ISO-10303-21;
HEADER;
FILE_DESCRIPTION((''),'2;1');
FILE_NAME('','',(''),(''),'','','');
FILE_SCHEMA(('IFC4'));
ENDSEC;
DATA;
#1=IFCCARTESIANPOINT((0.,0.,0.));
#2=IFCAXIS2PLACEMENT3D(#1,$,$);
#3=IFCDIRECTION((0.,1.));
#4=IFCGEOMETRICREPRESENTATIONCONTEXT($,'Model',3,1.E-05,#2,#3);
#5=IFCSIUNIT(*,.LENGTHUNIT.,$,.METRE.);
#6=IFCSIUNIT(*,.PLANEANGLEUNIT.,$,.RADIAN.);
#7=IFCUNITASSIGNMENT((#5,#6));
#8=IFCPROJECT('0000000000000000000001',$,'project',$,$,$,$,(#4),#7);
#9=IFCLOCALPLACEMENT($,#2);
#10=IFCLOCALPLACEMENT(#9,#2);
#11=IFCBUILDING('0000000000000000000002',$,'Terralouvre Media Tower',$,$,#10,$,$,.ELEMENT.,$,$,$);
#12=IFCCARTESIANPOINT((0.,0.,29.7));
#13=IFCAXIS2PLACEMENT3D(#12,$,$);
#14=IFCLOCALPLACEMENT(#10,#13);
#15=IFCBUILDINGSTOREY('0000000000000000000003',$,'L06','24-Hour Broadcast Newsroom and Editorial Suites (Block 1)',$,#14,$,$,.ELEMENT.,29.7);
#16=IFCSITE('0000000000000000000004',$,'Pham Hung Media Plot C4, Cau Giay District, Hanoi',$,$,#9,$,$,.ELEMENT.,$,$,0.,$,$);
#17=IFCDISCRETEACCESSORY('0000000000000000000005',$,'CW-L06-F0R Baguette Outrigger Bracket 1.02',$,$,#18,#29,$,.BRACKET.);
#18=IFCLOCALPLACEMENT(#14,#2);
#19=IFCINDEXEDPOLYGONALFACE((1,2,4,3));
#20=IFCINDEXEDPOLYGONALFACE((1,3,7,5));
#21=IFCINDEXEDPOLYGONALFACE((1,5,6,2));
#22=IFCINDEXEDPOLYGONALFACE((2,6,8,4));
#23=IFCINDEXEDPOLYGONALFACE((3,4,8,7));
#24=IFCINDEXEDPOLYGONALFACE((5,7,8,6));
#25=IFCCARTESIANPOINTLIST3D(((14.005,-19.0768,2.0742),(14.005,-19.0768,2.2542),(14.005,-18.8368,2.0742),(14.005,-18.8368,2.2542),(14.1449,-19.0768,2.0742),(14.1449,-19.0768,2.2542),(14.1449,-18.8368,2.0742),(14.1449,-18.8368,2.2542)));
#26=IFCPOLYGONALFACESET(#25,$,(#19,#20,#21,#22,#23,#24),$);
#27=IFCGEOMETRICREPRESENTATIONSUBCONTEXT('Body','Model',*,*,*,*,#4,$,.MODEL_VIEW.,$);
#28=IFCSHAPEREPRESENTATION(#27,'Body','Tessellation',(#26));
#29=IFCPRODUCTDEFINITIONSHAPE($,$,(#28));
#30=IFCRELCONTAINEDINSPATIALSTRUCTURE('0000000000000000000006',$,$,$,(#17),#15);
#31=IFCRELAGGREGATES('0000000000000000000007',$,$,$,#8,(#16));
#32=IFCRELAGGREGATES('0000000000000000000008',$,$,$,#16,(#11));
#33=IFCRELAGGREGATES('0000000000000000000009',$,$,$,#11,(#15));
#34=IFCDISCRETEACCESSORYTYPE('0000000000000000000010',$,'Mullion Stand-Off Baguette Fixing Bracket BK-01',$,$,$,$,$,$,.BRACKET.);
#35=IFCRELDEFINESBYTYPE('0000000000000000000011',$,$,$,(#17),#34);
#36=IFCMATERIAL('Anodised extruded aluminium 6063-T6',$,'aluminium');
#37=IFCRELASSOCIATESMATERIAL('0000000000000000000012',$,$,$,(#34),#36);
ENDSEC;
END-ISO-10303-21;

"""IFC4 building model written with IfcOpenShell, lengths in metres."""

from ifc_helpers import new_model, si_unit, direction, frame, origin, origin_2d, place, context, subcontext, project, spatial, rectangle, extrude, material, type_object, element, save


model = new_model("IFC4")

# Units and contexts
model_context = context("Model", 3, precision=1e-05, world=origin(), true_north=direction((0.0, 1.0)))
body_context = subcontext(model_context, "Body", "Model", "MODEL_VIEW")
ifc_project = project(units=[si_unit("LENGTHUNIT", "METRE"), si_unit("PLANEANGLEUNIT", "RADIAN")], contexts=[model_context])

# Site, building, storey
site_placement = place(None, origin())
site = spatial("IfcSite", under=ifc_project, at=site_placement, Name="Pham Hung Media Plot C4, Cau Giay District, Hanoi", CompositionType="ELEMENT", RefElevation=0.0)
building_placement = place(site_placement, origin())
building = spatial("IfcBuilding", under=site, at=building_placement, Name="Terralouvre Media Tower", CompositionType="ELEMENT")
storey_placement = place(building_placement, frame((0.0, 0.0, 29.7)))
storey = spatial("IfcBuildingStorey", under=building, at=storey_placement, Name="L06", Description="24-Hour Broadcast Newsroom and Editorial Suites (Block 1)", CompositionType="ELEMENT", Elevation=29.7)

# Discrete accessory
ifc_material_1 = material(Name="Anodised extruded aluminium 6063-T6", Category="aluminium")
discrete_accessory_type = type_object("IfcDiscreteAccessoryType", Name="Mullion Stand-Off Baguette Fixing Bracket BK-01", PredefinedType="BRACKET", material=ifc_material_1)
discrete_accessory_placement = place(storey_placement, frame((14.075, -18.9568, 2.0742), z_axis=(0.0, 0.0, 1.0), x_axis=(1.0, 0.0, 0.0)))
element("IfcDiscreteAccessory", 1, at=discrete_accessory_placement, inside=storey, type_object=discrete_accessory_type, Name="CW-L06-F0R Baguette Outrigger Bracket 1.02", PredefinedType="BRACKET", context=body_context, shape_type="SweptSolid", body=[
    extrude(rectangle(XDim=0.1399, YDim=0.24, at=origin_2d()), origin(), (0.0, 0.0, 1.0), 0.1799),
])

save(model, "model.ifc")
